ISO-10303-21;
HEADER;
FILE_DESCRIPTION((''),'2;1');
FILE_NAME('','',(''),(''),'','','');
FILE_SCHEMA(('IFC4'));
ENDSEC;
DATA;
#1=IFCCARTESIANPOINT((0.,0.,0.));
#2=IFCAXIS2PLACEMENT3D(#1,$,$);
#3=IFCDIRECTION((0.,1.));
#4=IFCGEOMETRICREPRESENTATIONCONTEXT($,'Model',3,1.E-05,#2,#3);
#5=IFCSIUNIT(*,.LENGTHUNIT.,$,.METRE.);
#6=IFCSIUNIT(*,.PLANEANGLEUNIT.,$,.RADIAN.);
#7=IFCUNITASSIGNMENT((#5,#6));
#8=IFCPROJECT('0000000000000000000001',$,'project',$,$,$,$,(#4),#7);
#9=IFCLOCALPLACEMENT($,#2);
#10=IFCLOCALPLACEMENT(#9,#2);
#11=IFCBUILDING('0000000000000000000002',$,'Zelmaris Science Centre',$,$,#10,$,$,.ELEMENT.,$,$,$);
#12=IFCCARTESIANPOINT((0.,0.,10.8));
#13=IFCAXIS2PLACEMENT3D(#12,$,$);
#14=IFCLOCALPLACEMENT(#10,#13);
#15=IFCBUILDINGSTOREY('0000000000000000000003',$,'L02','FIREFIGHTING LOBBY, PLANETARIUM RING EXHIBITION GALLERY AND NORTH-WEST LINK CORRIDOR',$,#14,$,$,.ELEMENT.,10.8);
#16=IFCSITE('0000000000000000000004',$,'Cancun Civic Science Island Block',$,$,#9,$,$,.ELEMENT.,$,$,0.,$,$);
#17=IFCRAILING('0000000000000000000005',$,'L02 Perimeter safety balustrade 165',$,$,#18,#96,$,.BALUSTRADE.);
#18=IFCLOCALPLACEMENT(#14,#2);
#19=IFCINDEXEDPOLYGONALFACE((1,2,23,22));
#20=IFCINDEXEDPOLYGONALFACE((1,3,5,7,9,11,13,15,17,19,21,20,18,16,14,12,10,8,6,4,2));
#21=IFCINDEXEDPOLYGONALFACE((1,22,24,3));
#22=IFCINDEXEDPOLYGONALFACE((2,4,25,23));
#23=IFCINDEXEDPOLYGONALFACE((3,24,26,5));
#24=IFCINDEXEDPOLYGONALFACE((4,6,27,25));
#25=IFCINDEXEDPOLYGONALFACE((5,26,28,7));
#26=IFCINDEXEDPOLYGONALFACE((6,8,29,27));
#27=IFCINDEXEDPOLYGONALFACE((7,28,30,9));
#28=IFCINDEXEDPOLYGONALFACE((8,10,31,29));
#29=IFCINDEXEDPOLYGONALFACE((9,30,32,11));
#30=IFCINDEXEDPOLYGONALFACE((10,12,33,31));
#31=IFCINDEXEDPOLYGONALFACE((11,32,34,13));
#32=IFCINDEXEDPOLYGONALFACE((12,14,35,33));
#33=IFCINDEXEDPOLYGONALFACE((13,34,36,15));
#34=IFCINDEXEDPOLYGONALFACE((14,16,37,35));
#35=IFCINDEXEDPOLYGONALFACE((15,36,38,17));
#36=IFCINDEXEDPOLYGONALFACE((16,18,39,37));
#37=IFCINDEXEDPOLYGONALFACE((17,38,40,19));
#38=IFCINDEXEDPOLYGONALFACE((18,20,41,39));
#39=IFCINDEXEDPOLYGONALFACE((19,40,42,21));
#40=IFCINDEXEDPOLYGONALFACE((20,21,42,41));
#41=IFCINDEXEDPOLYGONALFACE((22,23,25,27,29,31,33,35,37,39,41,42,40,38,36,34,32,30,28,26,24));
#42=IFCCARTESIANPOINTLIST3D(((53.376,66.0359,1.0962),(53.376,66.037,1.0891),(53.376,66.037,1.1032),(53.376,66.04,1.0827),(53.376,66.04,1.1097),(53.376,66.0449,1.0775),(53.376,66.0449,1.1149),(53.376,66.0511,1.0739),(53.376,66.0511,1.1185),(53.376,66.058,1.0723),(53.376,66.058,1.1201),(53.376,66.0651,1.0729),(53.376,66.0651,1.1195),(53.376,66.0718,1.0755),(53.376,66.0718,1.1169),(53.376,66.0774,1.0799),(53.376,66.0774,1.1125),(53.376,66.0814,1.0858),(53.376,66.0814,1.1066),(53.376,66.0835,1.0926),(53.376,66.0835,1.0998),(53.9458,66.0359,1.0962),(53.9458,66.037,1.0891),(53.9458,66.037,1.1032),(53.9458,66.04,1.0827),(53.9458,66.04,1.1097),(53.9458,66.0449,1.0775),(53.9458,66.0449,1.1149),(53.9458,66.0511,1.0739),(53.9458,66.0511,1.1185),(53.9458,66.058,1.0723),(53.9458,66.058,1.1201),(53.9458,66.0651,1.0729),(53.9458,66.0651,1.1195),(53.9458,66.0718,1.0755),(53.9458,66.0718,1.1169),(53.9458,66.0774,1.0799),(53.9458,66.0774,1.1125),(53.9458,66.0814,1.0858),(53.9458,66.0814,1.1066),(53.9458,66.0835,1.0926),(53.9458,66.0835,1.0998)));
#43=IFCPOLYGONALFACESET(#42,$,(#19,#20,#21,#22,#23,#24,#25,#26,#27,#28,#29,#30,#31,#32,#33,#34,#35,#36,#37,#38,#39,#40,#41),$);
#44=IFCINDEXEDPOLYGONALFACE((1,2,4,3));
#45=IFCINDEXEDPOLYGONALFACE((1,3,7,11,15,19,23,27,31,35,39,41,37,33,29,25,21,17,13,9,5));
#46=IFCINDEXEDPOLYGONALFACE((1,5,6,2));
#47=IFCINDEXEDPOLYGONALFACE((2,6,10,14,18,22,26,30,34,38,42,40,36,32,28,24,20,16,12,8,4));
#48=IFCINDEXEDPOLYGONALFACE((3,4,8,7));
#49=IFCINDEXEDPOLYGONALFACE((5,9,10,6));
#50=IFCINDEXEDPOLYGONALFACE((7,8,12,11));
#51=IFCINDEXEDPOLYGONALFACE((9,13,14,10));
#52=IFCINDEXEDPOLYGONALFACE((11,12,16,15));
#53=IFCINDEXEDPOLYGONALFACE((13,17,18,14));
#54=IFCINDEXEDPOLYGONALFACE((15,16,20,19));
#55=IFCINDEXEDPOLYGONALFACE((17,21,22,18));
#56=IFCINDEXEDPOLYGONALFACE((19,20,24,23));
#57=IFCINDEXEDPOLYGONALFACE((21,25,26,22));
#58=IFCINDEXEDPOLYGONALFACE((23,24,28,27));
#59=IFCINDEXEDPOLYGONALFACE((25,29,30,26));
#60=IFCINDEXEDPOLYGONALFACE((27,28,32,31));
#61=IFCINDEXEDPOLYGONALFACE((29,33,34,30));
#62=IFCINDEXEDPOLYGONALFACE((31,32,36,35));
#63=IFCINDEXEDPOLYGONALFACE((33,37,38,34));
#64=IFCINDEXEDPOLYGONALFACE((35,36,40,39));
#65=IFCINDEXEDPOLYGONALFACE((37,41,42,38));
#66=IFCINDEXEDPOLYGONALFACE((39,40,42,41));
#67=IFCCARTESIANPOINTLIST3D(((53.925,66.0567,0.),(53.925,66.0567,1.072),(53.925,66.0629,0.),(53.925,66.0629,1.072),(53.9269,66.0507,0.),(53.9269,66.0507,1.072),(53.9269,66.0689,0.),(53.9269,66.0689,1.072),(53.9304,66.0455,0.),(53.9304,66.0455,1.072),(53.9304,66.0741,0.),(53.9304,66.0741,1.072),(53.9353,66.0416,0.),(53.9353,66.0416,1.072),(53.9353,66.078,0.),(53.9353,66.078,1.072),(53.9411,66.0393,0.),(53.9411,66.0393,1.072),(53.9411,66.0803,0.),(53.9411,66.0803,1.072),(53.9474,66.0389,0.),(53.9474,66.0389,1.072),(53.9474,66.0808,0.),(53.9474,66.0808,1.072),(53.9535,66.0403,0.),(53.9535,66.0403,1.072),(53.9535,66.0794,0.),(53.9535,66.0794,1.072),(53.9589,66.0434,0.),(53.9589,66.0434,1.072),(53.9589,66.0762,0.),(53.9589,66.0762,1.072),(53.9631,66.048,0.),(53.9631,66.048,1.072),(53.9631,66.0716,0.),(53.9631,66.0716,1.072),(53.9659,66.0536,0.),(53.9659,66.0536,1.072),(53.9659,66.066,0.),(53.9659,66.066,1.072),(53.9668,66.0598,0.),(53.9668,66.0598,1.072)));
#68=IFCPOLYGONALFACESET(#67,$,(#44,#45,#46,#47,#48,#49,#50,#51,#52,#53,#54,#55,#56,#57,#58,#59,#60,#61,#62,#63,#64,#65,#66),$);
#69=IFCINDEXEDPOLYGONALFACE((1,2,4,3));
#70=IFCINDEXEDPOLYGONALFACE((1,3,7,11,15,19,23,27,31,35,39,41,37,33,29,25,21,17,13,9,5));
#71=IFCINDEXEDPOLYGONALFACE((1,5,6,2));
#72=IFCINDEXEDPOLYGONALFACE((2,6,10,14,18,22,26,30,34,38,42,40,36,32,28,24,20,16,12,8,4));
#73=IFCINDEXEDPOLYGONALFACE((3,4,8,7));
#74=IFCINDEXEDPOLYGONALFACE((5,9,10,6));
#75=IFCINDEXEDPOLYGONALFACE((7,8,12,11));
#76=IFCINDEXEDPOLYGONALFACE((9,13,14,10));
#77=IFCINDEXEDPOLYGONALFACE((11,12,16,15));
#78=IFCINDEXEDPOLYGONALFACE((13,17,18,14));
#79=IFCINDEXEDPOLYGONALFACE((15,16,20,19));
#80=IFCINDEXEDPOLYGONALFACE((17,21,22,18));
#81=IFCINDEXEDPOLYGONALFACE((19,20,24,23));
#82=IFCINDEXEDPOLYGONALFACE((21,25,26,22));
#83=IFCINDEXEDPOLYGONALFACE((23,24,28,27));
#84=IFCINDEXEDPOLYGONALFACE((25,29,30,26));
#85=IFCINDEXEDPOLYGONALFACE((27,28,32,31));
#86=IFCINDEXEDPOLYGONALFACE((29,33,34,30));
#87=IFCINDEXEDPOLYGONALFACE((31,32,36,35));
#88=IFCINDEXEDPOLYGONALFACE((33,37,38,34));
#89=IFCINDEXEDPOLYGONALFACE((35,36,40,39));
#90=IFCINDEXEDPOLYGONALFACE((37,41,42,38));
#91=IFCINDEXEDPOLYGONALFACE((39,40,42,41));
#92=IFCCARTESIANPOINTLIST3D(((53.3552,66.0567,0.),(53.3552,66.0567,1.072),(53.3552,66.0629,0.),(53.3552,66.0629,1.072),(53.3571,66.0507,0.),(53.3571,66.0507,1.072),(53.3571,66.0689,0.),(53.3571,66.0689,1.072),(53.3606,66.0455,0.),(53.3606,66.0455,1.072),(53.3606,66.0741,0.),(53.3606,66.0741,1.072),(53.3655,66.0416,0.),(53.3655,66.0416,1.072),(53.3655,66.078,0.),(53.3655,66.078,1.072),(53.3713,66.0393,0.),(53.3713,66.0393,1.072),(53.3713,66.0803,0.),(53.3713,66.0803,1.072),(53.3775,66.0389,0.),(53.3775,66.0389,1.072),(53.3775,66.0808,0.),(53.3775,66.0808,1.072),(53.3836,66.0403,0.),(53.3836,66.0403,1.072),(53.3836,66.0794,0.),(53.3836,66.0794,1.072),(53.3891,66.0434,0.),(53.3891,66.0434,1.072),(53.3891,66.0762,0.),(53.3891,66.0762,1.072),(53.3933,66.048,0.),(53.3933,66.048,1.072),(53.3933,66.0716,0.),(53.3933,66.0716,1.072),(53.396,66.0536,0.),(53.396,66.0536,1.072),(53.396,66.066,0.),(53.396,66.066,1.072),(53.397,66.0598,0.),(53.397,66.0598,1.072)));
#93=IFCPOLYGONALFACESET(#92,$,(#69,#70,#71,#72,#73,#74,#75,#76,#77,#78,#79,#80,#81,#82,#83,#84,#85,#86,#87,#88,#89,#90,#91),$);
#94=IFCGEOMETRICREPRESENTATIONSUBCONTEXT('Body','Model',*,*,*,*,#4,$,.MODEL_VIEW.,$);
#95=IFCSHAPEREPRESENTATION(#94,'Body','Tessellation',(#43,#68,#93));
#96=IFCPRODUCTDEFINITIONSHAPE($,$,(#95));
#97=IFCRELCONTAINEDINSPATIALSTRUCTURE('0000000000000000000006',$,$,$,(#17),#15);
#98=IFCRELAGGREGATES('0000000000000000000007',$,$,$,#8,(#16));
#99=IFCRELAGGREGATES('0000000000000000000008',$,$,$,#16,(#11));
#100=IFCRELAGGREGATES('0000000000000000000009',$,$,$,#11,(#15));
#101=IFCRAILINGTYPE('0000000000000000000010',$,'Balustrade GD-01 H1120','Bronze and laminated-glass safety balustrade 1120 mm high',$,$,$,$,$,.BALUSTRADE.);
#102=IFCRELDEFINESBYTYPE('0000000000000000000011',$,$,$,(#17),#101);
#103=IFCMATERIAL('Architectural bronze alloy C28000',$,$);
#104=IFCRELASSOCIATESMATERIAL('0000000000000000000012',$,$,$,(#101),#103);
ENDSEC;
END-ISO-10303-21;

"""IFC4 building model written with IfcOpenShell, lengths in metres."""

from ifc_helpers import new_model, si_unit, direction, frame, origin, origin_2d, place, context, subcontext, project, spatial, circle, extrude, material, type_object, element, save


model = new_model("IFC4")

# Units and contexts
model_context = context("Model", 3, precision=1e-05, world=origin(), true_north=direction((0.0, 1.0)))
body_context = subcontext(model_context, "Body", "Model", "MODEL_VIEW")
ifc_project = project(units=[si_unit("LENGTHUNIT", "METRE"), si_unit("PLANEANGLEUNIT", "RADIAN")], contexts=[model_context])

# Site, building, storey
site_placement = place(None, origin())
site = spatial("IfcSite", under=ifc_project, at=site_placement, Name="Cancun Civic Science Island Block", CompositionType="ELEMENT", RefElevation=0.0)
building_placement = place(site_placement, origin())
building = spatial("IfcBuilding", under=site, at=building_placement, Name="Zelmaris Science Centre", CompositionType="ELEMENT")
storey_placement = place(building_placement, frame((0.0, 0.0, 10.8)))
storey = spatial("IfcBuildingStorey", under=building, at=storey_placement, Name="L02", Description="FIREFIGHTING LOBBY, PLANETARIUM RING EXHIBITION GALLERY AND NORTH-WEST LINK CORRIDOR", CompositionType="ELEMENT", Elevation=10.8)

# Railing
ifc_material_1 = material(Name="Architectural bronze alloy C28000")
railing_type = type_object("IfcRailingType", Name="Balustrade GD-01 H1120", Description="Bronze and laminated-glass safety balustrade 1120 mm high", PredefinedType="BALUSTRADE", material=ifc_material_1)
railing_1_placement = place(storey_placement, frame((53.9458, 66.0598, 0.0)))
element("IfcRailing", 1, at=railing_1_placement, inside=storey, type_object=railing_type, Name="L02 Perimeter safety balustrade 165", PredefinedType="BALUSTRADE", context=body_context, shape_type="SweptSolid", body=[
    extrude(circle(Radius=0.0239, at=origin_2d()), frame((0.0, 0.0, 1.0962), z_axis=(-1.0, 0.0, 0.0), x_axis=(0.0, -1.0, 0.0)), (0.0, 0.0, 1.0), 0.5698),
    extrude(circle(Radius=0.021, at=origin_2d()), origin(), (0.0, 0.0, 1.0), 1.072),
    extrude(circle(Radius=0.021, at=origin_2d()), frame((-0.5698, 0.0, 0.0)), (0.0, 0.0, 1.0), 1.072),
])

save(model, "model.ifc")
